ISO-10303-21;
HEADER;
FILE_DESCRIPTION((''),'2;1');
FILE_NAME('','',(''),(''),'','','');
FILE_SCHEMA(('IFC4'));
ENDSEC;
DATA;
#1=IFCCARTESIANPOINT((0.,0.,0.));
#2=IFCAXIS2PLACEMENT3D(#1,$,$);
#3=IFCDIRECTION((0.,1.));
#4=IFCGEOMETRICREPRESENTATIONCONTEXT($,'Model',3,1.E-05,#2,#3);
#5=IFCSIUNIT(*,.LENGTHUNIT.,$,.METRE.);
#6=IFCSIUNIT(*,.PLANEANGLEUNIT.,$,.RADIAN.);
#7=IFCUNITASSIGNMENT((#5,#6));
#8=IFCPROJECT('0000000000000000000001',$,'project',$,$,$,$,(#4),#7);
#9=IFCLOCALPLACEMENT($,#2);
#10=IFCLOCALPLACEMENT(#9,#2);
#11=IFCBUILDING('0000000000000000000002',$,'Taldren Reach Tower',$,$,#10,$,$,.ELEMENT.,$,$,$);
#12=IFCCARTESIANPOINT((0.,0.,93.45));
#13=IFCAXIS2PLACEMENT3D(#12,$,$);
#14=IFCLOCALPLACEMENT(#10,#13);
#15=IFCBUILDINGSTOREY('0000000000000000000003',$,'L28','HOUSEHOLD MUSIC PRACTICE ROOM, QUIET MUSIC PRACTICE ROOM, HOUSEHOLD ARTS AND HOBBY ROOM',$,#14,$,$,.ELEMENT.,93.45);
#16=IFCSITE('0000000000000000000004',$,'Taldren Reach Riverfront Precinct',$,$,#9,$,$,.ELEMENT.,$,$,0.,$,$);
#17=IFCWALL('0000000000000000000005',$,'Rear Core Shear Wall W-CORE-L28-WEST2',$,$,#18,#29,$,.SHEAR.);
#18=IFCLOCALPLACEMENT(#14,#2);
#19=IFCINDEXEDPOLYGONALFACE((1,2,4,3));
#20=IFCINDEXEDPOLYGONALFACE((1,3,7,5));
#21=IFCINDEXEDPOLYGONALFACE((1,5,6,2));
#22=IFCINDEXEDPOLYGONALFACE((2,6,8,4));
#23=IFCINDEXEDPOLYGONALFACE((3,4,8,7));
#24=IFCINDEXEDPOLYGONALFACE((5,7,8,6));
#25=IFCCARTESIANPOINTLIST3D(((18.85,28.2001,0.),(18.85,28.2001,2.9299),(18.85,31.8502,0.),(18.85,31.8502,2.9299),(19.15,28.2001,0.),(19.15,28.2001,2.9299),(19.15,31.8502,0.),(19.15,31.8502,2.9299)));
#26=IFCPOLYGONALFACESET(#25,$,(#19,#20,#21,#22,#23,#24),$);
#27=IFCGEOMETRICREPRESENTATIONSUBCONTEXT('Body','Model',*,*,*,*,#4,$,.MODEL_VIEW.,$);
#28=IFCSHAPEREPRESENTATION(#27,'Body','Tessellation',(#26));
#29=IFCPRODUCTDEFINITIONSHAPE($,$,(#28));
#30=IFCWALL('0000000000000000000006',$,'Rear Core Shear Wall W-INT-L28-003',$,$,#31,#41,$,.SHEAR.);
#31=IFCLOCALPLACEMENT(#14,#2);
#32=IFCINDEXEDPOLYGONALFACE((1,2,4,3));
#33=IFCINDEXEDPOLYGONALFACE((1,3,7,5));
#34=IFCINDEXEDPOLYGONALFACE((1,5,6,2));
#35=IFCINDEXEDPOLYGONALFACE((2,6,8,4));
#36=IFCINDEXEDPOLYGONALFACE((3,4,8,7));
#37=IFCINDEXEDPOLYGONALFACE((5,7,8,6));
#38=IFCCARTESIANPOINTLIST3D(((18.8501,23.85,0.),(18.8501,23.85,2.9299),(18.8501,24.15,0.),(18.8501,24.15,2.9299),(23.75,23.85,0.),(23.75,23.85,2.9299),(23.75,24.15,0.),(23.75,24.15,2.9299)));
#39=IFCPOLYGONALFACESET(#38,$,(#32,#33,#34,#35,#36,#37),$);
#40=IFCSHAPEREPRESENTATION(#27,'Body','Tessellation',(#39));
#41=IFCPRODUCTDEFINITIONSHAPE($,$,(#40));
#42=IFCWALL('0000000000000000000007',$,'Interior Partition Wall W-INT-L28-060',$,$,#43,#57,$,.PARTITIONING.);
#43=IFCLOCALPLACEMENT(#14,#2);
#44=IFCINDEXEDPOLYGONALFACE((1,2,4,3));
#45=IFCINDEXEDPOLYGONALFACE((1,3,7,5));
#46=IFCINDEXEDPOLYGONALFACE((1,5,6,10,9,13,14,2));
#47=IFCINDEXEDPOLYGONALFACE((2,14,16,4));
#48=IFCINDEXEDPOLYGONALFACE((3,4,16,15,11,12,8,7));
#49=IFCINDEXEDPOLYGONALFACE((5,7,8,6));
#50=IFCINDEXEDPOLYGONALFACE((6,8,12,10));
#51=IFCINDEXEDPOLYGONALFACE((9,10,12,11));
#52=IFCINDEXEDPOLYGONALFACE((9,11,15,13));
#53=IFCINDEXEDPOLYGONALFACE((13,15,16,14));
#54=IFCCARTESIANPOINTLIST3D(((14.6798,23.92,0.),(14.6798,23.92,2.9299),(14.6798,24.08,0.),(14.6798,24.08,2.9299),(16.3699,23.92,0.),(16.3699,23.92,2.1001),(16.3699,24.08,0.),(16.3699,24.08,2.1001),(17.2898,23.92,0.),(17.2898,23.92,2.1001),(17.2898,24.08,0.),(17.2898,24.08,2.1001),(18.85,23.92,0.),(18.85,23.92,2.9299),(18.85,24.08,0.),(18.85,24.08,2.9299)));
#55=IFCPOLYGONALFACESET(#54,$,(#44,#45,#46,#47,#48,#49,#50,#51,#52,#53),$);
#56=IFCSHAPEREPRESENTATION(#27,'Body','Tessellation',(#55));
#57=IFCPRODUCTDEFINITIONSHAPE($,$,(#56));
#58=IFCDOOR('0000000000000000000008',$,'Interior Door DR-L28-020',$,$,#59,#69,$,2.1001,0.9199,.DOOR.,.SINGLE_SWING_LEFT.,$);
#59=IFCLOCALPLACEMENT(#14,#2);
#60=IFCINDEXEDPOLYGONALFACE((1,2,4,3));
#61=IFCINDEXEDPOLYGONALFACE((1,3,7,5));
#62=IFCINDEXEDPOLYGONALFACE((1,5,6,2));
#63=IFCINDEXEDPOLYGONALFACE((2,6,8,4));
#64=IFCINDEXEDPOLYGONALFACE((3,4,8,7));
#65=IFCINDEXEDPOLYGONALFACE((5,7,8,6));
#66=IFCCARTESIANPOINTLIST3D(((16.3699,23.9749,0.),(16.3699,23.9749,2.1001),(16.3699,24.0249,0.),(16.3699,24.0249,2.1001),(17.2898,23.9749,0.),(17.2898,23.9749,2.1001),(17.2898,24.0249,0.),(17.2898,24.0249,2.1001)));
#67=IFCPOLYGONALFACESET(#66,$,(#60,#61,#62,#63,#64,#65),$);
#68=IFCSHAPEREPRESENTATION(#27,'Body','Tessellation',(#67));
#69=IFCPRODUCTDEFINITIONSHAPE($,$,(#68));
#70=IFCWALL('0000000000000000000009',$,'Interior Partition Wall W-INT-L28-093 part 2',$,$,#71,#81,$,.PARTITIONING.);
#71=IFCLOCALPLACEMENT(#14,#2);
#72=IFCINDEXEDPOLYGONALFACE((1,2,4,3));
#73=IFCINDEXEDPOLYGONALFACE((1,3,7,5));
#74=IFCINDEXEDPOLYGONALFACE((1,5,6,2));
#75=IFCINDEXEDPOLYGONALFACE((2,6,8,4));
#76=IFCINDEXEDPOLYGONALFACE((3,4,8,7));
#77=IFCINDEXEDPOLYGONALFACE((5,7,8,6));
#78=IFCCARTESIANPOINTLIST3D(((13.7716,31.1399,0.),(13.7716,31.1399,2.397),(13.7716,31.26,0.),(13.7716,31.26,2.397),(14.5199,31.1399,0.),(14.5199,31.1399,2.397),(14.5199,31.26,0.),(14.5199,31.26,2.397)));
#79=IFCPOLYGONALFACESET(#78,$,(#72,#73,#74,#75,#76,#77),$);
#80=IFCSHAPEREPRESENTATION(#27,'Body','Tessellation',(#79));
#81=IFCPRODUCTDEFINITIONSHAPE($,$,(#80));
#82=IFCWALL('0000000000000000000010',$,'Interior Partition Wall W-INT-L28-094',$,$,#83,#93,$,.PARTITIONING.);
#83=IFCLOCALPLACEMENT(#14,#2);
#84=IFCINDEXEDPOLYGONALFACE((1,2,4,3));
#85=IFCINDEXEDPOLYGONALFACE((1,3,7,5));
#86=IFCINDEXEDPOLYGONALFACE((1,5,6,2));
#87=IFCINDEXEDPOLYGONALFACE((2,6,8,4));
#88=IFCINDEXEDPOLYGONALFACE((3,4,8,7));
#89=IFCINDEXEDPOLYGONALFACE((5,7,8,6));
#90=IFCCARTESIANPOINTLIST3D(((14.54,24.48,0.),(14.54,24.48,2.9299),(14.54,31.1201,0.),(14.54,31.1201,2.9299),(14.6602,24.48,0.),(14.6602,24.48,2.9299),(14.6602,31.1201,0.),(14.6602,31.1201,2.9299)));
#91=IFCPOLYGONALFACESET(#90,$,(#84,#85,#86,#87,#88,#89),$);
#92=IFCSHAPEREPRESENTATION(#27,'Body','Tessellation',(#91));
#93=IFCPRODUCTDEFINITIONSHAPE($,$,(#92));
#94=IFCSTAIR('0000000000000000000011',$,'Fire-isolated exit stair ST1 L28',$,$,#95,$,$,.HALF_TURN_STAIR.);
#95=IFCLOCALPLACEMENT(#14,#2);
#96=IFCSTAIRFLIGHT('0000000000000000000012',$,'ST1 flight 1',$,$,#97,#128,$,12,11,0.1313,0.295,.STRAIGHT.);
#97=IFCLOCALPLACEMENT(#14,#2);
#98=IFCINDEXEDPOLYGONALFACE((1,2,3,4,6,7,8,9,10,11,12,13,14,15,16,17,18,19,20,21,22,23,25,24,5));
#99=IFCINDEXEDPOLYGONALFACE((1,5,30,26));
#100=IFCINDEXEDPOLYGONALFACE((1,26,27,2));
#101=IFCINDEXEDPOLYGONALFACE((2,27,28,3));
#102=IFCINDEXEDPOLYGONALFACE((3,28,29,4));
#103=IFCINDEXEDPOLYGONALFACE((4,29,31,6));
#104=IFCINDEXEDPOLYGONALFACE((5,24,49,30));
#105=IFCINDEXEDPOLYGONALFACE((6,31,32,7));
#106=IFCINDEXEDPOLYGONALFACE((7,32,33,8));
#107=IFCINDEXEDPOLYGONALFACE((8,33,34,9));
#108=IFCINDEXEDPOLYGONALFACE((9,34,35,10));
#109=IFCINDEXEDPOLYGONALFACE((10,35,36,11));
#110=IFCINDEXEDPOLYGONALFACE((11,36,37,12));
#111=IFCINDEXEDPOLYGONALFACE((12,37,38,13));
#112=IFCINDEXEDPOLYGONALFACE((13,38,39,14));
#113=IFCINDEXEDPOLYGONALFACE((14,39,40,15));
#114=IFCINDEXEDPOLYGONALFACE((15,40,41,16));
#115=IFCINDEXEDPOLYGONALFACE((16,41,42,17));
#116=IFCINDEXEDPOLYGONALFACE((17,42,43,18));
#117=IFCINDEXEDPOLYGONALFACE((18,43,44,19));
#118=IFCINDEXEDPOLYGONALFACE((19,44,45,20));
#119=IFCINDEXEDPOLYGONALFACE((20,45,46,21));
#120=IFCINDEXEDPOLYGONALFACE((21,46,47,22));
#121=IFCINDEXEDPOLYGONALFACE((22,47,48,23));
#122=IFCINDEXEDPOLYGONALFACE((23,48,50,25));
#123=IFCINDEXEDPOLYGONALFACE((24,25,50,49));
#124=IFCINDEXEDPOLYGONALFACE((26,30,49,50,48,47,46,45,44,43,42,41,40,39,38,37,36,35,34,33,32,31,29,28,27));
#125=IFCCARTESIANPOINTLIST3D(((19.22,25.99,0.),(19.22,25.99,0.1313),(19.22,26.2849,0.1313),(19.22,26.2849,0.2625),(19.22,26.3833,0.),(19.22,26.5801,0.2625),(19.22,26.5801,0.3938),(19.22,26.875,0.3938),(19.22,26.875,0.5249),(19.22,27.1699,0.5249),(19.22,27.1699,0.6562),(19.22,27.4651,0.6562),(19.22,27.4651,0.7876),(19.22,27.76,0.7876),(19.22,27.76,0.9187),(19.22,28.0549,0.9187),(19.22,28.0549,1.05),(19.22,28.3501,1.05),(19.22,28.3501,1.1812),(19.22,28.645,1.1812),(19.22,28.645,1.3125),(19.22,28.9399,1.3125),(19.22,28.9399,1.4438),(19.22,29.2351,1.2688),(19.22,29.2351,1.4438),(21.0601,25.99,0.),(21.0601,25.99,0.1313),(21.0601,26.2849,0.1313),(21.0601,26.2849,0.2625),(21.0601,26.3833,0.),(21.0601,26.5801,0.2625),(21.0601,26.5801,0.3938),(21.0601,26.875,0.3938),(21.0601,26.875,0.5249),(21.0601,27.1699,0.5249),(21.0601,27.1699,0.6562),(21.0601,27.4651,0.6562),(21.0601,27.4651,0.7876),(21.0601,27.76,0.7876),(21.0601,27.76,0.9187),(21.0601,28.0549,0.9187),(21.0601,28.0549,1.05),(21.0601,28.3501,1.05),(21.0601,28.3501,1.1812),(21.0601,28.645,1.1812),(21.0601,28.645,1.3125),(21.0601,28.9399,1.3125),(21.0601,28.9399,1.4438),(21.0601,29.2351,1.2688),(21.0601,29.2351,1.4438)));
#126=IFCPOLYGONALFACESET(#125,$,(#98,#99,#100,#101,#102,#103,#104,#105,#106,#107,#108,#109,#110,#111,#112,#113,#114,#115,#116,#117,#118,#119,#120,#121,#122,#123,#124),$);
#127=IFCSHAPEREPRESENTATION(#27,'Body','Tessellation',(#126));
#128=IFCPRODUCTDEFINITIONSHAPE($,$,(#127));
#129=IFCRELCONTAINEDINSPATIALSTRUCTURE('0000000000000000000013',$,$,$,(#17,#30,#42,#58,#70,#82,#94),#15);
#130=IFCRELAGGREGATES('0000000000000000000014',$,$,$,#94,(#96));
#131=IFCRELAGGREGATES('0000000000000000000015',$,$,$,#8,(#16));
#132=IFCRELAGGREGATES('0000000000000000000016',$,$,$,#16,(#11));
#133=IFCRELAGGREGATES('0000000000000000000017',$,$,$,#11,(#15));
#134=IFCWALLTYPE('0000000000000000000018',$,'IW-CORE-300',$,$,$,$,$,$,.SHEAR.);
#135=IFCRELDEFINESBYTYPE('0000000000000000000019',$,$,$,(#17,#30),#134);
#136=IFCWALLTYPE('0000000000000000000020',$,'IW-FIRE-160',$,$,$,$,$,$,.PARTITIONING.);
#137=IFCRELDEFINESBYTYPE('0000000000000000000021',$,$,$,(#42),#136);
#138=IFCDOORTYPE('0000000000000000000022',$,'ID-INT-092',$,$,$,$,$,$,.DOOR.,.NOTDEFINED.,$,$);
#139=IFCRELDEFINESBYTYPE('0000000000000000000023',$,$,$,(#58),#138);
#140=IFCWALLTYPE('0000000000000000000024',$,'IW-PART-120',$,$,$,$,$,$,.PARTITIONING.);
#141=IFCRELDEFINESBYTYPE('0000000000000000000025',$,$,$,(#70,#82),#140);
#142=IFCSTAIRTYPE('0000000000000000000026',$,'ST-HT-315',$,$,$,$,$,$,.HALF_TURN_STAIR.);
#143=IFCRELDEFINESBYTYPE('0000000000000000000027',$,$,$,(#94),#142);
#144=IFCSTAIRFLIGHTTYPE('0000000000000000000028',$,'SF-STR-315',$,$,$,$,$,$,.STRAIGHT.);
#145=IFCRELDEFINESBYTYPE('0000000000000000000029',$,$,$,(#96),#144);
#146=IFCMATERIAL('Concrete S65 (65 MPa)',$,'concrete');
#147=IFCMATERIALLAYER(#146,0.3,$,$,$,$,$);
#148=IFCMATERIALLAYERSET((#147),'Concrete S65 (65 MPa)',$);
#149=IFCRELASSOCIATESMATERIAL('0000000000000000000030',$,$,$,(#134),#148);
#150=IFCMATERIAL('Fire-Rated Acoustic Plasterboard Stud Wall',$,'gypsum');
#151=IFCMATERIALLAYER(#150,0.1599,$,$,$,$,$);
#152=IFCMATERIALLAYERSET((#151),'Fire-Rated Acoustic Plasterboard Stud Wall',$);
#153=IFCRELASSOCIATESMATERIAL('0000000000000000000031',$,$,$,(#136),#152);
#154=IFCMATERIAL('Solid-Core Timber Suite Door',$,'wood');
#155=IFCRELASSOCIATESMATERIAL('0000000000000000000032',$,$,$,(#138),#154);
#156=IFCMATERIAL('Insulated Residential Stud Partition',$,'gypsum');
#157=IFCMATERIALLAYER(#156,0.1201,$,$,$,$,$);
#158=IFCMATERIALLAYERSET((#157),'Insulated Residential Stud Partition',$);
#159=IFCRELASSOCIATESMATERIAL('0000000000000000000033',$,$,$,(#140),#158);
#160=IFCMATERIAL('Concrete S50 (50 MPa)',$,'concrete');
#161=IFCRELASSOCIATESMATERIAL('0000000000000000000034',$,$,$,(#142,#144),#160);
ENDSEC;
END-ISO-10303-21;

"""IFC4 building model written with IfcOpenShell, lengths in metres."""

from ifc_helpers import new_model, si_unit, direction, frame, frame_2d, origin, place, context, subcontext, project, spatial, polyline, rectangle, outline, extrude, source, transform, mapped, material, layer, layer_set, type_object, element, fill, aggregate, save


model = new_model("IFC4")

# Units and contexts
model_context = context("Model", 3, precision=1e-05, world=origin(), true_north=direction((0.0, 1.0)))
body_context = subcontext(model_context, "Body", "Model", "MODEL_VIEW")
ifc_project = project(units=[si_unit("LENGTHUNIT", "METRE"), si_unit("PLANEANGLEUNIT", "RADIAN")], contexts=[model_context])

# Site, building, storey
site_placement = place(None, origin())
site = spatial("IfcSite", under=ifc_project, at=site_placement, Name="Taldren Reach Riverfront Precinct", CompositionType="ELEMENT", RefElevation=0.0)
building_placement = place(site_placement, origin())
building = spatial("IfcBuilding", under=site, at=building_placement, Name="Taldren Reach Tower", CompositionType="ELEMENT")
storey_placement = place(building_placement, frame((0.0, 0.0, 93.45)))
storey = spatial("IfcBuildingStorey", under=building, at=storey_placement, Name="L28", Description="HOUSEHOLD MUSIC PRACTICE ROOM, QUIET MUSIC PRACTICE ROOM, HOUSEHOLD ARTS AND HOBBY ROOM", CompositionType="ELEMENT", Elevation=93.45)

# Shared definitions
ifc_material_1 = material(Name="Concrete S65 (65 MPa)", Category="concrete")

# Walls
ifc_layer_1 = layer(ifc_material_1, 0.3)
ifc_layer_set_1 = layer_set([ifc_layer_1], Name="Concrete S65 (65 MPa)")
wall_type_1 = type_object("IfcWallType", Name="IW-CORE-300", PredefinedType="SHEAR", material=ifc_layer_set_1)
shared_shape_1 = source(origin(), body_context, "Body", "SweptSolid", [
    extrude(rectangle(XDim=3.6501, YDim=0.3, at=frame_2d((1.8252, 0.0))), origin(), (0.0, 0.0, 1.0), 2.9299),
])
wall_1_placement = place(storey_placement, frame((19.0, 28.2, 0.0), z_axis=(0.0, 0.0, 1.0), x_axis=(0.0, 1.0, 0.0)))
element("IfcWall", 1, at=wall_1_placement, inside=storey, type_object=wall_type_1, Name="Rear Core Shear Wall W-CORE-L28-WEST2", PredefinedType="SHEAR", context=body_context, shape_type="MappedRepresentation", body=[
    mapped(shared_shape_1, transform((0.0, 0.0, 0.0), scale=1.0)),
])
shared_shape_2 = source(origin(), body_context, "Body", "SweptSolid", [
    extrude(rectangle(XDim=4.8999, YDim=0.3, at=frame_2d((2.45, 0.0))), origin(), (0.0, 0.0, 1.0), 2.9299),
])
wall_2_placement = place(storey_placement, frame((18.8501, 24.0, 0.0), z_axis=(0.0, 0.0, 1.0), x_axis=(1.0, 0.0, 0.0)))
element("IfcWall", 2, at=wall_2_placement, inside=storey, type_object=wall_type_1, Name="Rear Core Shear Wall W-INT-L28-003", PredefinedType="SHEAR", context=body_context, shape_type="MappedRepresentation", body=[
    mapped(shared_shape_2, transform((0.0, 0.0, 0.0), scale=1.0)),
])

# Wall, opening, door
ifc_material_2 = material(Name="Fire-Rated Acoustic Plasterboard Stud Wall", Category="gypsum")
ifc_layer_2 = layer(ifc_material_2, 0.1599)
ifc_layer_set_2 = layer_set([ifc_layer_2], Name="Fire-Rated Acoustic Plasterboard Stud Wall")
wall_type_2 = type_object("IfcWallType", Name="IW-FIRE-160", PredefinedType="PARTITIONING", material=ifc_layer_set_2)
shared_shape_3 = source(origin(), body_context, "Body", "SweptSolid", [
    extrude(rectangle(XDim=4.1702, YDim=0.1599, at=frame_2d((2.085, 0.0))), origin(), (0.0, 0.0, 1.0), 2.9299),
])
wall_3_placement = place(storey_placement, frame((14.6799, 24.0, 0.0), z_axis=(0.0, 0.0, 1.0), x_axis=(1.0, 0.0, 0.0)))
wall_3 = element("IfcWall", 3, at=wall_3_placement, inside=storey, type_object=wall_type_2, Name="Interior Partition Wall W-INT-L28-060", PredefinedType="PARTITIONING", context=body_context, shape_type="MappedRepresentation", body=[
    mapped(shared_shape_3, transform((0.0, 0.0, 0.0), scale=1.0)),
])
shared_shape_4 = source(origin(), body_context, "Body", "SweptSolid", [
    extrude(rectangle(XDim=0.9199, YDim=2.1001, at=frame_2d((0.46, 1.05))), frame((0.0, 0.0898, 0.0), z_axis=(0.0, -1.0, 0.0), x_axis=(1.0, 0.0, 0.0)), (0.0, 0.0, 1.0), 0.1799),
])
opening_placement = place(wall_3_placement, frame((1.6899, 0.0, 0.0)))
opening = element("IfcOpeningElement", 4, at=opening_placement, cuts=wall_3, PredefinedType="OPENING", context=body_context, shape_type="MappedRepresentation", body=[
    mapped(shared_shape_4, transform((0.0, 0.0, 0.0), scale=1.0)),
])
ifc_material_3 = material(Name="Solid-Core Timber Suite Door", Category="wood")
door_type = type_object("IfcDoorType", Name="ID-INT-092", OperationType="NOTDEFINED", PredefinedType="DOOR", material=ifc_material_3)
shared_shape_5 = source(origin(), body_context, "Body", "SweptSolid", [
    extrude(rectangle(XDim=0.9199, YDim=2.1001, at=frame_2d((0.46, 1.05))), frame((0.0, 0.0249, 0.0), z_axis=(0.0, -1.0, 0.0), x_axis=(1.0, 0.0, 0.0)), (0.0, 0.0, 1.0), 0.05),
])
door_placement = place(opening_placement, origin())
door = element("IfcDoor", 5, at=door_placement, inside=storey, type_object=door_type, Name="Interior Door DR-L28-020", OperationType="SINGLE_SWING_LEFT", OverallHeight=2.1001, OverallWidth=0.9199, PredefinedType="DOOR", context=body_context, shape_type="MappedRepresentation", body=[
    mapped(shared_shape_5, transform((0.0, 0.0, 0.0), scale=1.0)),
])
fill(opening, door)

# Walls
ifc_material_4 = material(Name="Insulated Residential Stud Partition", Category="gypsum")
ifc_layer_3 = layer(ifc_material_4, 0.1201)
ifc_layer_set_3 = layer_set([ifc_layer_3], Name="Insulated Residential Stud Partition")
wall_type_3 = type_object("IfcWallType", Name="IW-PART-120", PredefinedType="PARTITIONING", material=ifc_layer_set_3)
shared_shape_6 = source(origin(), body_context, "Body", "SweptSolid", [
    extrude(rectangle(XDim=0.7483, YDim=0.1201, at=frame_2d((0.374, 0.0))), origin(), (0.0, 0.0, 1.0), 2.397),
])
wall_4_placement = place(storey_placement, frame((13.7717, 31.2, 0.0), z_axis=(0.0, 0.0, 1.0), x_axis=(1.0, 0.0, 0.0)))
element("IfcWall", 6, at=wall_4_placement, inside=storey, type_object=wall_type_3, Name="Interior Partition Wall W-INT-L28-093 part 2", PredefinedType="PARTITIONING", context=body_context, shape_type="MappedRepresentation", body=[
    mapped(shared_shape_6, transform((0.0, 0.0, 0.0), scale=1.0)),
])
shared_shape_7 = source(origin(), body_context, "Body", "SweptSolid", [
    extrude(rectangle(XDim=6.6401, YDim=0.1201, at=frame_2d((3.3201, 0.0))), origin(), (0.0, 0.0, 1.0), 2.9299),
])
wall_5_placement = place(storey_placement, frame((14.6001, 31.1201, 0.0), z_axis=(0.0, 0.0, 1.0), x_axis=(0.0, -1.0, 0.0)))
element("IfcWall", 7, at=wall_5_placement, inside=storey, type_object=wall_type_3, Name="Interior Partition Wall W-INT-L28-094", PredefinedType="PARTITIONING", context=body_context, shape_type="MappedRepresentation", body=[
    mapped(shared_shape_7, transform((0.0, 0.0, 0.0), scale=1.0)),
])

# Stair, stair flight
ifc_material_5 = material(Name="Concrete S50 (50 MPa)", Category="concrete")
stair_type = type_object("IfcStairType", Name="ST-HT-315", PredefinedType="HALF_TURN_STAIR", material=ifc_material_5)
stair_placement = place(storey_placement, origin())
stair = element("IfcStair", 8, at=stair_placement, inside=storey, type_object=stair_type, Name="Fire-isolated exit stair ST1 L28", PredefinedType="HALF_TURN_STAIR")
stair_flight_type = type_object("IfcStairFlightType", Name="SF-STR-315", PredefinedType="STRAIGHT", material=ifc_material_5)
stair_flight_placement = place(storey_placement, frame((20.1399, 25.99, 0.0), z_axis=(0.0, 0.0, 1.0), x_axis=(0.0, 1.0, 0.0)))
stair_flight = element("IfcStairFlight", 9, at=stair_flight_placement, type_object=stair_flight_type, Name="ST1 flight 1", NumberOfRisers=12, NumberOfTreads=11, PredefinedType="STRAIGHT", RiserHeight=0.1313, TreadLength=0.295, context=body_context, shape_type="SweptSolid", body=[
    extrude(outline(polyline([(0.0, 0.0), (0.0, 0.1313), (0.2949, 0.1313), (0.2949, 0.2625), (0.5901, 0.2625), (0.5901, 0.3938), (0.885, 0.3938), (0.885, 0.5249), (1.1799, 0.5249), (1.1799, 0.6562), (1.4751, 0.6562), (1.4751, 0.7876), (1.77, 0.7876), (1.77, 0.9187), (2.0649, 0.9187), (2.0649, 1.05), (2.3601, 1.05), (2.3601, 1.1812), (2.655, 1.1812), (2.655, 1.3125), (2.95, 1.3125), (2.95, 1.4438), (3.2451, 1.4438), (3.2451, 1.575), (3.2451, 1.2688), (0.3933, 0.0), (0.0, 0.0)])), frame((0.0, 0.9199, 0.0), z_axis=(0.0, -1.0, 0.0), x_axis=(1.0, 0.0, 0.0)), (0.0, 0.0, 1.0), 1.8401),
])
aggregate(stair, [stair_flight])

save(model, "model.ifc")
